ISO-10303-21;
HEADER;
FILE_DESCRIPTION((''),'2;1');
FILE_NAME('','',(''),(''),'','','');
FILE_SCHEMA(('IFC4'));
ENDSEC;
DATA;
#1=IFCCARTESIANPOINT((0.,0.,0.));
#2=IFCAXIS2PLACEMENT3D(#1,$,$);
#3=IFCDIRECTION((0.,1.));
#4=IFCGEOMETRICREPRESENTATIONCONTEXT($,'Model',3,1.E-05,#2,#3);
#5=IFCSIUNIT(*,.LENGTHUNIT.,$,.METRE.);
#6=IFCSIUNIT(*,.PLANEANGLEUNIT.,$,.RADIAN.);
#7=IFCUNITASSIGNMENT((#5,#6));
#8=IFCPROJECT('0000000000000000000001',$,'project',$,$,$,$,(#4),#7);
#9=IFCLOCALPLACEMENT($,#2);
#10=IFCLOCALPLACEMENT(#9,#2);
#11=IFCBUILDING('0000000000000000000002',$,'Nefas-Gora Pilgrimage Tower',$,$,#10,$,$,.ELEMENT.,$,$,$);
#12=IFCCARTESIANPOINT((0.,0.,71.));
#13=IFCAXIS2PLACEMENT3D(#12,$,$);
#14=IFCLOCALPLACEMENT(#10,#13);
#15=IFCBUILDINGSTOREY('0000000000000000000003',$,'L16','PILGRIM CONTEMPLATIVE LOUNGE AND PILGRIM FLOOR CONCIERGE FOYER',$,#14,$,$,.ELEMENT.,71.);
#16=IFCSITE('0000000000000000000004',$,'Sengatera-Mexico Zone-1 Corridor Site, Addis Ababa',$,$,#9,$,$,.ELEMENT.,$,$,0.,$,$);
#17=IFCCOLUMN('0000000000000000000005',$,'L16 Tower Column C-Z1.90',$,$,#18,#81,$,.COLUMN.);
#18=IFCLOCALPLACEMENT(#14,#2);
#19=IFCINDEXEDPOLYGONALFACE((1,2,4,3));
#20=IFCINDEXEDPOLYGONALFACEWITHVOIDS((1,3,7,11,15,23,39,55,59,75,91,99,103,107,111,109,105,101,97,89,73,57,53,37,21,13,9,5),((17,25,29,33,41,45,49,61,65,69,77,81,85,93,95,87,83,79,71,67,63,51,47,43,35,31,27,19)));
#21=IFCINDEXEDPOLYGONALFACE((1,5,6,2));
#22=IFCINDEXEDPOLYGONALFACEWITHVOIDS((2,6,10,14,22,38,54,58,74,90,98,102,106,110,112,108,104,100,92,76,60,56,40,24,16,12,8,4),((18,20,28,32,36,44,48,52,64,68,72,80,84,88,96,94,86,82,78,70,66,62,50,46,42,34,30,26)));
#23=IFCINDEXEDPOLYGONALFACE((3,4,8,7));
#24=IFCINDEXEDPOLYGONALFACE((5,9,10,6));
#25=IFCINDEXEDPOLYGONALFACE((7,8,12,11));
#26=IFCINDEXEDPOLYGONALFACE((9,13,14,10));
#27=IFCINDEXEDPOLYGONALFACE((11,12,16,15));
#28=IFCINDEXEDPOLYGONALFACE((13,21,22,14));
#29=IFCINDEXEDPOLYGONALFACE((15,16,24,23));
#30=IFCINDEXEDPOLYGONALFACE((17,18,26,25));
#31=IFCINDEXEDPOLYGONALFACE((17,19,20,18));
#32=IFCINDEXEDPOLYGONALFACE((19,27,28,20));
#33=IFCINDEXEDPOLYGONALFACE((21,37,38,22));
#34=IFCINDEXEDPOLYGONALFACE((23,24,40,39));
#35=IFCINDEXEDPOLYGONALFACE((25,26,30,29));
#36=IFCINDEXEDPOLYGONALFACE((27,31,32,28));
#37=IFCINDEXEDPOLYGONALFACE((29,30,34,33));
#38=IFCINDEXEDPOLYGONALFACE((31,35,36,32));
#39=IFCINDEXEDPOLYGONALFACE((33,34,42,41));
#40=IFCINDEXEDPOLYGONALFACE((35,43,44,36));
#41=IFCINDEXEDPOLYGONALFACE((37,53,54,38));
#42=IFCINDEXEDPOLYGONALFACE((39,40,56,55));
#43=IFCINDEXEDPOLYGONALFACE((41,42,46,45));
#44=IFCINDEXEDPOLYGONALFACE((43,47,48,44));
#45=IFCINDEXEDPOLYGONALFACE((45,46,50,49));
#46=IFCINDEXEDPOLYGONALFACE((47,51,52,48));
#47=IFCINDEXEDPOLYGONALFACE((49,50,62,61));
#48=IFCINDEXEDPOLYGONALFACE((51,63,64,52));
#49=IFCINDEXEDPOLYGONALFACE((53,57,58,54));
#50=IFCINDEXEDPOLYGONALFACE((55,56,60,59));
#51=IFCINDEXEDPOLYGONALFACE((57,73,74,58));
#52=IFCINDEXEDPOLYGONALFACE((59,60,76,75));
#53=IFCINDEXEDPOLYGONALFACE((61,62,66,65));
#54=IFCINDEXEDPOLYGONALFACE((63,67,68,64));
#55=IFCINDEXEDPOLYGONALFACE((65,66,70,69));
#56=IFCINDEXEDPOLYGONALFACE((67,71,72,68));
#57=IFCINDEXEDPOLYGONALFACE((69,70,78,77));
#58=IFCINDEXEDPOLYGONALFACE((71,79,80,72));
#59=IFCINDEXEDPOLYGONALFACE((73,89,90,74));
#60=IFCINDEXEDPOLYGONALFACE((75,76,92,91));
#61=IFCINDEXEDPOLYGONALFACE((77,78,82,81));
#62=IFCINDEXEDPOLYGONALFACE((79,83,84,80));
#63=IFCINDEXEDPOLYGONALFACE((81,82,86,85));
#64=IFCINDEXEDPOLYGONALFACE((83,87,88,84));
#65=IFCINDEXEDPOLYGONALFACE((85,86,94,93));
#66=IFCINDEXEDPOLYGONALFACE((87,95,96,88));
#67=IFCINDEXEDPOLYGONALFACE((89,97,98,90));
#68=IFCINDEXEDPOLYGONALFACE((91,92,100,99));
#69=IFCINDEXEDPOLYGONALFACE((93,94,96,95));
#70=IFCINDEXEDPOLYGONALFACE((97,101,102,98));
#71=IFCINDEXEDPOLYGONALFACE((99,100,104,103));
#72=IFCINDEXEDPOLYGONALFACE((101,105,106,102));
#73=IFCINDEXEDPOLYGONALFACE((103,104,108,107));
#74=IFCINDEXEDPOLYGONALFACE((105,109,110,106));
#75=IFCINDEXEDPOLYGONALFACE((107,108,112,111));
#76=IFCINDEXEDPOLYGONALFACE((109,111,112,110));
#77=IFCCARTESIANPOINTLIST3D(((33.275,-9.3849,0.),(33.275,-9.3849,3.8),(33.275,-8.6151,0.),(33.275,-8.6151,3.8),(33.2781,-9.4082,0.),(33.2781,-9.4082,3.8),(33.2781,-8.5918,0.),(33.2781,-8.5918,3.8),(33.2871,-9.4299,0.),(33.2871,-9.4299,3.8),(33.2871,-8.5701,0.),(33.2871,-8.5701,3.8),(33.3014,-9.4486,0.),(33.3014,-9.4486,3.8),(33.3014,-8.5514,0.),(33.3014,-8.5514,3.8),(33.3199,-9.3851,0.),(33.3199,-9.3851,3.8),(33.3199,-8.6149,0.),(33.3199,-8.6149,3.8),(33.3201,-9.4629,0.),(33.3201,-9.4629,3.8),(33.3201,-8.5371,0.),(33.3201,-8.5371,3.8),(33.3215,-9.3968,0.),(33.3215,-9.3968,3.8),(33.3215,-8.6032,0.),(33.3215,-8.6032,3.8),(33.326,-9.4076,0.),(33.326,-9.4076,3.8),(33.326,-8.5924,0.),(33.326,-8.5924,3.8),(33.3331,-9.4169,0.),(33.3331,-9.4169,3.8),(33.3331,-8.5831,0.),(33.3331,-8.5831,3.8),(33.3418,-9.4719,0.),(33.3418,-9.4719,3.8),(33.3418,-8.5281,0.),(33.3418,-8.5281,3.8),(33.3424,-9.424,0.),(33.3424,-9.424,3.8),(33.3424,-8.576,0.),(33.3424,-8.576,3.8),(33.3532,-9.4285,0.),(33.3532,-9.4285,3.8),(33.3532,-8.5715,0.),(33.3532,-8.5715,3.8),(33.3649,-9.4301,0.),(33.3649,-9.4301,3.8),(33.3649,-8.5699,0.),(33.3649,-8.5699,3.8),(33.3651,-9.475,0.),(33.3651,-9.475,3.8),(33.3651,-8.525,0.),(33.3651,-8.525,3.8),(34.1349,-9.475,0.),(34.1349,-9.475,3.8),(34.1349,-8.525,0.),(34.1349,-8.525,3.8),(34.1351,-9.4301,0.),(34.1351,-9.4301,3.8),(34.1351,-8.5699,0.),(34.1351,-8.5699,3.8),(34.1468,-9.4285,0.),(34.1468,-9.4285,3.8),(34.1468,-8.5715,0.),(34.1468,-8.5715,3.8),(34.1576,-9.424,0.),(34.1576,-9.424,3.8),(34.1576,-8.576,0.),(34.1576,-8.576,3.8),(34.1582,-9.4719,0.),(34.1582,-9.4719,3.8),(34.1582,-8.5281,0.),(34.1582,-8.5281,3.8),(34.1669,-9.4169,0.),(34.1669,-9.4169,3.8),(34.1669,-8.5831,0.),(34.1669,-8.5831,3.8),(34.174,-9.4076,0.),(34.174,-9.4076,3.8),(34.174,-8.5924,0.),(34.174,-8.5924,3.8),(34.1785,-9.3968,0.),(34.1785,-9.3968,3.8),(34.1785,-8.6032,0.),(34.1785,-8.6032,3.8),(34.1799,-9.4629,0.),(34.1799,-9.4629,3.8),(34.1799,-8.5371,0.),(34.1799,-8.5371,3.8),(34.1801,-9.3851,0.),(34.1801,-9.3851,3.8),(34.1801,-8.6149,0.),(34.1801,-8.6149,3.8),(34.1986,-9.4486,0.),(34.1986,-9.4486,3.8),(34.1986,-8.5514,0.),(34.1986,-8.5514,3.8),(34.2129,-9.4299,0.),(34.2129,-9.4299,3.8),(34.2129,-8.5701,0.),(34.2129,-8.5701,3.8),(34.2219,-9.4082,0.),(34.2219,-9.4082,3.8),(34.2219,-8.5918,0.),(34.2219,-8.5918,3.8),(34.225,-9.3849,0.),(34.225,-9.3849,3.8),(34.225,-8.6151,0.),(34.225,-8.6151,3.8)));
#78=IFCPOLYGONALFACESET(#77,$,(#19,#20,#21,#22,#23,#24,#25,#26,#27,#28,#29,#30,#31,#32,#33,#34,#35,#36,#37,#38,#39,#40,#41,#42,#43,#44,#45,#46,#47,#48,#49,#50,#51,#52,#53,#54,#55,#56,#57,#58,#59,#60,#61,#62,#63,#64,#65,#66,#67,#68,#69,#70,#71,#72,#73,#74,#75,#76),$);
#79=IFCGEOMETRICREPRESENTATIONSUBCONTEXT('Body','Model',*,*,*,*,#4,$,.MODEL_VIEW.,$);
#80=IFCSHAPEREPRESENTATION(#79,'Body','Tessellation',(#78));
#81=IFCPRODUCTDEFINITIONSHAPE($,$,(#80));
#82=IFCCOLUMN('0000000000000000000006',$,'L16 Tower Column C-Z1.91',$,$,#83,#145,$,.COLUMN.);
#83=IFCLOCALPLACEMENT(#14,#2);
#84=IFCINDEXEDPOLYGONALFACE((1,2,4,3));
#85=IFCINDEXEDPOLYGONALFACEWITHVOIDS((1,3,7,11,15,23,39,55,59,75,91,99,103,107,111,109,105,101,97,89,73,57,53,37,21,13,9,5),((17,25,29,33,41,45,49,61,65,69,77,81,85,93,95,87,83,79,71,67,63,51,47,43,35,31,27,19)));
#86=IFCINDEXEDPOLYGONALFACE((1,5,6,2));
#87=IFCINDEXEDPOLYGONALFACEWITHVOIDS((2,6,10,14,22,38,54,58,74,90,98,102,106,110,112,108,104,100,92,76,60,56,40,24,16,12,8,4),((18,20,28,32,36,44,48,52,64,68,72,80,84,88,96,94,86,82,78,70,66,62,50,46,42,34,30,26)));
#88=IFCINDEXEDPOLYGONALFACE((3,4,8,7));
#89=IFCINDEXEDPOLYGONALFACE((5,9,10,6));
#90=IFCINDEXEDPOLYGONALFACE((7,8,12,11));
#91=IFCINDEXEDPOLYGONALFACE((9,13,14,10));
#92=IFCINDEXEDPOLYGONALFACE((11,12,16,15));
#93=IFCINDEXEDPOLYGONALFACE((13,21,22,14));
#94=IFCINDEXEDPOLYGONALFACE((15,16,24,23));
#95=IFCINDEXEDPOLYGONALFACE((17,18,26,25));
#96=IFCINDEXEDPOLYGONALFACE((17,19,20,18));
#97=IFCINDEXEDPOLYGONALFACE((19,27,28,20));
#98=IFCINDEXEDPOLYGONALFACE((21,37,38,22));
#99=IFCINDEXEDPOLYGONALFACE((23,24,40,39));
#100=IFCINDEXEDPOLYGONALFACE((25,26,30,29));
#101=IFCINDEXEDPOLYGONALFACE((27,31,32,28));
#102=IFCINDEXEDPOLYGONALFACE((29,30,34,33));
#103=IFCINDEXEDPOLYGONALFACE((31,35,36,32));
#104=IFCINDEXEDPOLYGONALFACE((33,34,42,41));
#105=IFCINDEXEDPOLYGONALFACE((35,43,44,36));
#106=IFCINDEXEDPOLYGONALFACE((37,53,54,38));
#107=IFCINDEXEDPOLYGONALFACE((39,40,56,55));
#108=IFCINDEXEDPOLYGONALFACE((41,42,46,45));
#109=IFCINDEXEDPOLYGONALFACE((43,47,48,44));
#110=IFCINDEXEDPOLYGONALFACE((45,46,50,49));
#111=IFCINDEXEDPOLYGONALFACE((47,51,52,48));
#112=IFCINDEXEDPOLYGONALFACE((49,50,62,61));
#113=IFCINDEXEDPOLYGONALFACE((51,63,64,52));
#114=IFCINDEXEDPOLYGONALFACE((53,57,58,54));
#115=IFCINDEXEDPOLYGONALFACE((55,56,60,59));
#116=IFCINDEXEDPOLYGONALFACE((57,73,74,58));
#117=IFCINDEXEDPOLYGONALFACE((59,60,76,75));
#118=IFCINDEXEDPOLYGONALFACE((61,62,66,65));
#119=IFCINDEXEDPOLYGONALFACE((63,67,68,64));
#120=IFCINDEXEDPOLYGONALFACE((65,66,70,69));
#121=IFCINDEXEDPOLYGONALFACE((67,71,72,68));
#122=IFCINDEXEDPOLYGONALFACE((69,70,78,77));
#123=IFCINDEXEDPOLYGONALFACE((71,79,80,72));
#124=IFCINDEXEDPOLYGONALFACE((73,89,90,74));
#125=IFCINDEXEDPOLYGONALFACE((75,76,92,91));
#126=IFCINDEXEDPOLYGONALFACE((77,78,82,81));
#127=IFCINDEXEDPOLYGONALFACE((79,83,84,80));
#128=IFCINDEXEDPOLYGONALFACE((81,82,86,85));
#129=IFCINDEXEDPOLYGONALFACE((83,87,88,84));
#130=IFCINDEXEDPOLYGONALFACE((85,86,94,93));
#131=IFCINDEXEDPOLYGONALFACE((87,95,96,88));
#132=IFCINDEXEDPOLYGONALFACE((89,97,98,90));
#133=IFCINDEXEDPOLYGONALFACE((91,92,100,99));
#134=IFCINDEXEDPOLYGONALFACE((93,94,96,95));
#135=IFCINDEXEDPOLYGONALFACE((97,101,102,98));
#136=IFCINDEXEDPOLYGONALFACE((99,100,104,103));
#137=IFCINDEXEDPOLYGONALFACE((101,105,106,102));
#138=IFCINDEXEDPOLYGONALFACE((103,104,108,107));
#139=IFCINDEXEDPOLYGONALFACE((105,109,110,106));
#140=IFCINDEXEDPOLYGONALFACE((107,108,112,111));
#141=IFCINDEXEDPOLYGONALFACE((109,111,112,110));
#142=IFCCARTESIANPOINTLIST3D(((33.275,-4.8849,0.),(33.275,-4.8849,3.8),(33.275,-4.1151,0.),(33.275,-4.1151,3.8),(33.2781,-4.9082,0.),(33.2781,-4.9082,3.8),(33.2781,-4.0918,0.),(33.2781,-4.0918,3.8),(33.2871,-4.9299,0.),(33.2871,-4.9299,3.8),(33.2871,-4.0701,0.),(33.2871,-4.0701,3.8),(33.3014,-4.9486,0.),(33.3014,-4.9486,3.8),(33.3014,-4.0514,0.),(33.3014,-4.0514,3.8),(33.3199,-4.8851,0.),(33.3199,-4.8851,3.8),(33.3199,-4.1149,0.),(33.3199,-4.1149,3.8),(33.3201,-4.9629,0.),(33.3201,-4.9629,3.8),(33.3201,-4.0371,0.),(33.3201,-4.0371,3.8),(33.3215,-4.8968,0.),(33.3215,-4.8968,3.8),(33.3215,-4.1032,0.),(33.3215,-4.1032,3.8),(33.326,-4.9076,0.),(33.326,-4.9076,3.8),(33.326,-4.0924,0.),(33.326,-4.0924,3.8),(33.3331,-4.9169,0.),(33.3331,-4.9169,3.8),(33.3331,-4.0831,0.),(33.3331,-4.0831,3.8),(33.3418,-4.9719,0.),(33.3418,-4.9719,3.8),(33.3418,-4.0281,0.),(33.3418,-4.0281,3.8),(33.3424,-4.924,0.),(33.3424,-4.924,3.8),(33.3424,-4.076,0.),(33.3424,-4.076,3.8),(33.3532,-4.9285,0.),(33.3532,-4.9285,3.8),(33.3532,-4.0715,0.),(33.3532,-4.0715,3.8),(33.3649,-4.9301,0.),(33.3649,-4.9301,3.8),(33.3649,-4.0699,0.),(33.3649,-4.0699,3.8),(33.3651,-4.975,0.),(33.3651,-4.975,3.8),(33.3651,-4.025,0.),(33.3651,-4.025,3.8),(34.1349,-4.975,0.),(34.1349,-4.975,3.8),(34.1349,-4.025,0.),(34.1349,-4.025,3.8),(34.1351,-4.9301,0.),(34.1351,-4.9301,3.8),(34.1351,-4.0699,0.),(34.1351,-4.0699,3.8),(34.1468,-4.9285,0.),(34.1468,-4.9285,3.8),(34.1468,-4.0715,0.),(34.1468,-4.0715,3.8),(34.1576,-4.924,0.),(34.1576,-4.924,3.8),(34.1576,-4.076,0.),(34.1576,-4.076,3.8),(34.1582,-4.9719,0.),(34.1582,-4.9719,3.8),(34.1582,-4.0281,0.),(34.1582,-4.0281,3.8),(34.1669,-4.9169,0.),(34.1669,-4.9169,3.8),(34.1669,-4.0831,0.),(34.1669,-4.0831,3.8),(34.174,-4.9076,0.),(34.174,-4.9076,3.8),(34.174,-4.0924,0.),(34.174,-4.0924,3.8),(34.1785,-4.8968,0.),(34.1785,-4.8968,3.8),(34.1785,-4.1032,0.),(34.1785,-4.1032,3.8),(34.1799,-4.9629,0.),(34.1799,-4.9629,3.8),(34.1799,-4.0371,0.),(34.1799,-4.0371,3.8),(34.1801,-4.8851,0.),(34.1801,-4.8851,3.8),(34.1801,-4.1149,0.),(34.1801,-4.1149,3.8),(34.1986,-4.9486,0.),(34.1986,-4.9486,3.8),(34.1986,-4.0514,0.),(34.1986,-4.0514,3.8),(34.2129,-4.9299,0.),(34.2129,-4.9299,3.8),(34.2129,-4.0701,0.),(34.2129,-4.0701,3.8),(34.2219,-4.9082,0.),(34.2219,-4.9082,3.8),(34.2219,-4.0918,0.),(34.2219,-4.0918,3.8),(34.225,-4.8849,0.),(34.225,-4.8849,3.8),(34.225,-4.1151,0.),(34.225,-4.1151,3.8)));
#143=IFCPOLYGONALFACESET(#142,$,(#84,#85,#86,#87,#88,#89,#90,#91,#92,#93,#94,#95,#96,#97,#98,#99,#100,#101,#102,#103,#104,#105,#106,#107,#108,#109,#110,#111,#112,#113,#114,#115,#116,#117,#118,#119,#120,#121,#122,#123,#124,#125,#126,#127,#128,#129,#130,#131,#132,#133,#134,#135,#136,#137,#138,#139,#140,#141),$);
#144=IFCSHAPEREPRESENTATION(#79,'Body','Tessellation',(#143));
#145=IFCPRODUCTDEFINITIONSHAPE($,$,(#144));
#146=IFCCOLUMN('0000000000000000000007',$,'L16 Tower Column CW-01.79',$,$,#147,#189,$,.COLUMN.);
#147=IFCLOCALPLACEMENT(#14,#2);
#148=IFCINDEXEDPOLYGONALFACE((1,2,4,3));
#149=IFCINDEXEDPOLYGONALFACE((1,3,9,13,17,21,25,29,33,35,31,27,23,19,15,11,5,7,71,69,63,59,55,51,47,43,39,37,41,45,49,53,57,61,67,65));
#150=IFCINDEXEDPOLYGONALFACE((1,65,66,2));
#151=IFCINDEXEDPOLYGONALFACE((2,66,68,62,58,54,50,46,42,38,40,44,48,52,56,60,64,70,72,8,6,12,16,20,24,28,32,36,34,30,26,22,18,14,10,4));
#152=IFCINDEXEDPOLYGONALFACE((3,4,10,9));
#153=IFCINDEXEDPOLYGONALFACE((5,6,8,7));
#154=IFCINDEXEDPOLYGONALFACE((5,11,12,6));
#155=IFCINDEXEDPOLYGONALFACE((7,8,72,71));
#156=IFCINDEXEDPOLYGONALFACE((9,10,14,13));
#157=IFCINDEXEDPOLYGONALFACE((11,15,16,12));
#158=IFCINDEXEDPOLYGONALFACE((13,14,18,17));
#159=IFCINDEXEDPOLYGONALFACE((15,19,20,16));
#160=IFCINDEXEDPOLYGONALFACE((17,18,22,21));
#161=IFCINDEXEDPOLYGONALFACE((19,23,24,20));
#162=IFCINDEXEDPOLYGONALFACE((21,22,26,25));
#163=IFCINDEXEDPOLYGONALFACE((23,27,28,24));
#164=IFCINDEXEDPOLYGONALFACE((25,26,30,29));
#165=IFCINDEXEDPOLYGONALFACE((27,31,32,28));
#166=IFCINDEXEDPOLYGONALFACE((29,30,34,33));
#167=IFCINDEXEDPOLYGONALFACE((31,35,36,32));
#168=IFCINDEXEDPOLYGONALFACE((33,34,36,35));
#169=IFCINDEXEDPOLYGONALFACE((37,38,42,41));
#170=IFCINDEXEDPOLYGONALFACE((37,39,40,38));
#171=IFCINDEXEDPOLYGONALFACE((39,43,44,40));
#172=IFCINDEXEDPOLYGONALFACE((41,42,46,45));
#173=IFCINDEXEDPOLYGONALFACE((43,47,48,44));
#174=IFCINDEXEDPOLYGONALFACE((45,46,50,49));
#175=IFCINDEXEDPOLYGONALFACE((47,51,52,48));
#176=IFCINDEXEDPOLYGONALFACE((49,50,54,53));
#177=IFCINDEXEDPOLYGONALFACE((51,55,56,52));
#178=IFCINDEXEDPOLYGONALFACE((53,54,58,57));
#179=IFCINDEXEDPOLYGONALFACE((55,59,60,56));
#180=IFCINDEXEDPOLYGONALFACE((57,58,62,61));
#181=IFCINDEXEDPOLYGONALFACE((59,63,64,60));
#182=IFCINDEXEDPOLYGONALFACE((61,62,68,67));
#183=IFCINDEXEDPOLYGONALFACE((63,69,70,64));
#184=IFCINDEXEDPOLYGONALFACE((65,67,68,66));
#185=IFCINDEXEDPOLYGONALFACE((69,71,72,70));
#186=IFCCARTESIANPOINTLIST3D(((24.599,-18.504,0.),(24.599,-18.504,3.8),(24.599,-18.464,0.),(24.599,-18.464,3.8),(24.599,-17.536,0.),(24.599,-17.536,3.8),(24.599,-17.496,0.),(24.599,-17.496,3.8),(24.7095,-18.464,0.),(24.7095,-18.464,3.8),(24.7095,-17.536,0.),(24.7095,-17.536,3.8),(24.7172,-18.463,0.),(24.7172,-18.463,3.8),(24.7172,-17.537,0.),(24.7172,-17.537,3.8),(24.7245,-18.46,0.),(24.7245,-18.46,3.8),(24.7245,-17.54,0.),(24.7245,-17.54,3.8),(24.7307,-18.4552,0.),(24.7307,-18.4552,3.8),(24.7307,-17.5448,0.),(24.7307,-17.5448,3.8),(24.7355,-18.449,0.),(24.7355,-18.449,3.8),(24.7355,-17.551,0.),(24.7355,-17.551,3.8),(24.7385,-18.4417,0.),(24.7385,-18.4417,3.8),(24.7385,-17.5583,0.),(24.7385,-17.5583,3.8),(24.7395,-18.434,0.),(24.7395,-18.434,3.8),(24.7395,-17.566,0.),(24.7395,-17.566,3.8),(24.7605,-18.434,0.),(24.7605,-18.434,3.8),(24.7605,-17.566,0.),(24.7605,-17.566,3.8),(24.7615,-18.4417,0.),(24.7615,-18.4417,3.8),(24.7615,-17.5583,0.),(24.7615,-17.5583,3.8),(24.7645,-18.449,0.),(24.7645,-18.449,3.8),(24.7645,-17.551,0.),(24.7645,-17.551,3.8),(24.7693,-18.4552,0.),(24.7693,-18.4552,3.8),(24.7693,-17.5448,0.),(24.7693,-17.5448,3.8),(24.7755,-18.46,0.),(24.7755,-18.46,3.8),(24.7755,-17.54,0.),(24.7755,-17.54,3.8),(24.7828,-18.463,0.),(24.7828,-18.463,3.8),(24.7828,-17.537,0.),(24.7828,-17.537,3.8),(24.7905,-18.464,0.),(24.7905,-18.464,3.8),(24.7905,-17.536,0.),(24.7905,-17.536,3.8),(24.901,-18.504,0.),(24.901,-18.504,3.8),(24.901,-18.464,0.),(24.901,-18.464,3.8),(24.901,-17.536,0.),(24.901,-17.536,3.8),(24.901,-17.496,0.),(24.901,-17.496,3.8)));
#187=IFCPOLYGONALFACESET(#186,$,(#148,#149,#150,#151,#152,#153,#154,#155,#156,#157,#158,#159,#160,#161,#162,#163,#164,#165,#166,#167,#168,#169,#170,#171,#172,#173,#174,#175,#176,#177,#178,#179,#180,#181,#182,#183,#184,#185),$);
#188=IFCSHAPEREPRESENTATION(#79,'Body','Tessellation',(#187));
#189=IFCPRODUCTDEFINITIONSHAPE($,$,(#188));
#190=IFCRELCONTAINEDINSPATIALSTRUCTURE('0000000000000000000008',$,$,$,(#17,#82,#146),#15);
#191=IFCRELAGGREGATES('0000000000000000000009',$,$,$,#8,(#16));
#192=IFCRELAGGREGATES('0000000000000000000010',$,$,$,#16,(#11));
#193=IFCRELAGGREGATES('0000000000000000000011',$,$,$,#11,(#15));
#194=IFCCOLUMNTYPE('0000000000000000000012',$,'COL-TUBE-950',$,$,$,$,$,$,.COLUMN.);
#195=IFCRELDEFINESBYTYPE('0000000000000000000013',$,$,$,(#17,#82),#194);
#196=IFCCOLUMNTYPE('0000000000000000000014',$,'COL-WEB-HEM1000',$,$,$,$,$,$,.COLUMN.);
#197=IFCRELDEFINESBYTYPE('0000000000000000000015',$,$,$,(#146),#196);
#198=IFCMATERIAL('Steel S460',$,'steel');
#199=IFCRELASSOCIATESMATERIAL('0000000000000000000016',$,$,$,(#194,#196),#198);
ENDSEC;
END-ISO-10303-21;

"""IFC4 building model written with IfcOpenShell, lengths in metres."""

from ifc_helpers import new_model, si_unit, direction, frame, origin, origin_2d, place, context, subcontext, project, spatial, hollow_rectangle, i_section, extrude, source, transform, mapped, material, material_profile, profile_set, type_object, element, save


model = new_model("IFC4")

# Units and contexts
model_context = context("Model", 3, precision=1e-05, world=origin(), true_north=direction((0.0, 1.0)))
body_context = subcontext(model_context, "Body", "Model", "MODEL_VIEW")
ifc_project = project(units=[si_unit("LENGTHUNIT", "METRE"), si_unit("PLANEANGLEUNIT", "RADIAN")], contexts=[model_context])

# Site, building, storey
site_placement = place(None, origin())
site = spatial("IfcSite", under=ifc_project, at=site_placement, Name="Sengatera-Mexico Zone-1 Corridor Site, Addis Ababa", CompositionType="ELEMENT", RefElevation=0.0)
building_placement = place(site_placement, origin())
building = spatial("IfcBuilding", under=site, at=building_placement, Name="Nefas-Gora Pilgrimage Tower", CompositionType="ELEMENT")
storey_placement = place(building_placement, frame((0.0, 0.0, 71.0)))
storey = spatial("IfcBuildingStorey", under=building, at=storey_placement, Name="L16", Description="PILGRIM CONTEMPLATIVE LOUNGE AND PILGRIM FLOOR CONCIERGE FOYER", CompositionType="ELEMENT", Elevation=71.0)

# Columns
ifc_material_1 = material(Name="Steel S460", Category="steel")
ifc_material_profile_1 = material_profile(ifc_material_1, hollow_rectangle(XDim=0.95, YDim=0.95, WallThickness=0.0449, InnerFilletRadius=0.0449, OuterFilletRadius=0.0901, at=origin_2d()), Name="BOX 950x950x45")
ifc_profile_set_1 = profile_set([ifc_material_profile_1], Name="Steel S460")
column_type_1 = type_object("IfcColumnType", Name="COL-TUBE-950", PredefinedType="COLUMN", material=ifc_profile_set_1)
shared_shape_1 = source(origin(), body_context, "Body", "SweptSolid", [
    extrude(hollow_rectangle(XDim=0.95, YDim=0.95, WallThickness=0.0449, InnerFilletRadius=0.0449, OuterFilletRadius=0.0901, at=origin_2d()), origin(), (0.0, 0.0, 1.0), 3.8),
])
for number, where, z_axis, x_axis, name in (
    (1, (33.75, -9.0, 0.0), (0.0, 0.0, 1.0), (1.0, 0.0, 0.0), "L16 Tower Column C-Z1.90"),
    (2, (33.75, -4.5, 0.0), (0.0, 0.0, 1.0), (1.0, 0.0, 0.0), "L16 Tower Column C-Z1.91"),
):
    element("IfcColumn", number, at=place(storey_placement, frame(where, z_axis=z_axis, x_axis=x_axis)), inside=storey, type_object=column_type_1, Name=name, PredefinedType="COLUMN", context=body_context, shape_type="MappedRepresentation", body=[
        mapped(shared_shape_1, transform((0.0, 0.0, 0.0), x_axis=(1.0, 0.0, 0.0), y_axis=(0.0, 1.0, 0.0), z_axis=(0.0, 0.0, 1.0), scale=1.0)),
    ])
ifc_material_profile_2 = material_profile(ifc_material_1, i_section(OverallWidth=0.302, OverallDepth=1.0081, WebThickness=0.021, FlangeThickness=0.04, FilletRadius=0.03, at=origin_2d()), Name="HEM 1000")
ifc_profile_set_2 = profile_set([ifc_material_profile_2], Name="Steel S460")
column_type_2 = type_object("IfcColumnType", Name="COL-WEB-HEM1000", PredefinedType="COLUMN", material=ifc_profile_set_2)
shared_shape_2 = source(origin(), body_context, "Body", "SweptSolid", [
    extrude(i_section(OverallWidth=0.302, OverallDepth=1.0081, WebThickness=0.021, FlangeThickness=0.04, FilletRadius=0.03, at=origin_2d()), origin(), (0.0, 0.0, 1.0), 3.8),
])
for number, where, z_axis, x_axis, name in (
    (3, (24.75, -18.0, 0.0), (0.0, 0.0, 1.0), (1.0, 0.0, 0.0), "L16 Tower Column CW-01.79"),
):
    element("IfcColumn", number, at=place(storey_placement, frame(where, z_axis=z_axis, x_axis=x_axis)), inside=storey, type_object=column_type_2, Name=name, PredefinedType="COLUMN", context=body_context, shape_type="MappedRepresentation", body=[
        mapped(shared_shape_2, transform((0.0, 0.0, 0.0), x_axis=(1.0, 0.0, 0.0), y_axis=(0.0, 1.0, 0.0), z_axis=(0.0, 0.0, 1.0), scale=1.0)),
    ])

save(model, "model.ifc")
